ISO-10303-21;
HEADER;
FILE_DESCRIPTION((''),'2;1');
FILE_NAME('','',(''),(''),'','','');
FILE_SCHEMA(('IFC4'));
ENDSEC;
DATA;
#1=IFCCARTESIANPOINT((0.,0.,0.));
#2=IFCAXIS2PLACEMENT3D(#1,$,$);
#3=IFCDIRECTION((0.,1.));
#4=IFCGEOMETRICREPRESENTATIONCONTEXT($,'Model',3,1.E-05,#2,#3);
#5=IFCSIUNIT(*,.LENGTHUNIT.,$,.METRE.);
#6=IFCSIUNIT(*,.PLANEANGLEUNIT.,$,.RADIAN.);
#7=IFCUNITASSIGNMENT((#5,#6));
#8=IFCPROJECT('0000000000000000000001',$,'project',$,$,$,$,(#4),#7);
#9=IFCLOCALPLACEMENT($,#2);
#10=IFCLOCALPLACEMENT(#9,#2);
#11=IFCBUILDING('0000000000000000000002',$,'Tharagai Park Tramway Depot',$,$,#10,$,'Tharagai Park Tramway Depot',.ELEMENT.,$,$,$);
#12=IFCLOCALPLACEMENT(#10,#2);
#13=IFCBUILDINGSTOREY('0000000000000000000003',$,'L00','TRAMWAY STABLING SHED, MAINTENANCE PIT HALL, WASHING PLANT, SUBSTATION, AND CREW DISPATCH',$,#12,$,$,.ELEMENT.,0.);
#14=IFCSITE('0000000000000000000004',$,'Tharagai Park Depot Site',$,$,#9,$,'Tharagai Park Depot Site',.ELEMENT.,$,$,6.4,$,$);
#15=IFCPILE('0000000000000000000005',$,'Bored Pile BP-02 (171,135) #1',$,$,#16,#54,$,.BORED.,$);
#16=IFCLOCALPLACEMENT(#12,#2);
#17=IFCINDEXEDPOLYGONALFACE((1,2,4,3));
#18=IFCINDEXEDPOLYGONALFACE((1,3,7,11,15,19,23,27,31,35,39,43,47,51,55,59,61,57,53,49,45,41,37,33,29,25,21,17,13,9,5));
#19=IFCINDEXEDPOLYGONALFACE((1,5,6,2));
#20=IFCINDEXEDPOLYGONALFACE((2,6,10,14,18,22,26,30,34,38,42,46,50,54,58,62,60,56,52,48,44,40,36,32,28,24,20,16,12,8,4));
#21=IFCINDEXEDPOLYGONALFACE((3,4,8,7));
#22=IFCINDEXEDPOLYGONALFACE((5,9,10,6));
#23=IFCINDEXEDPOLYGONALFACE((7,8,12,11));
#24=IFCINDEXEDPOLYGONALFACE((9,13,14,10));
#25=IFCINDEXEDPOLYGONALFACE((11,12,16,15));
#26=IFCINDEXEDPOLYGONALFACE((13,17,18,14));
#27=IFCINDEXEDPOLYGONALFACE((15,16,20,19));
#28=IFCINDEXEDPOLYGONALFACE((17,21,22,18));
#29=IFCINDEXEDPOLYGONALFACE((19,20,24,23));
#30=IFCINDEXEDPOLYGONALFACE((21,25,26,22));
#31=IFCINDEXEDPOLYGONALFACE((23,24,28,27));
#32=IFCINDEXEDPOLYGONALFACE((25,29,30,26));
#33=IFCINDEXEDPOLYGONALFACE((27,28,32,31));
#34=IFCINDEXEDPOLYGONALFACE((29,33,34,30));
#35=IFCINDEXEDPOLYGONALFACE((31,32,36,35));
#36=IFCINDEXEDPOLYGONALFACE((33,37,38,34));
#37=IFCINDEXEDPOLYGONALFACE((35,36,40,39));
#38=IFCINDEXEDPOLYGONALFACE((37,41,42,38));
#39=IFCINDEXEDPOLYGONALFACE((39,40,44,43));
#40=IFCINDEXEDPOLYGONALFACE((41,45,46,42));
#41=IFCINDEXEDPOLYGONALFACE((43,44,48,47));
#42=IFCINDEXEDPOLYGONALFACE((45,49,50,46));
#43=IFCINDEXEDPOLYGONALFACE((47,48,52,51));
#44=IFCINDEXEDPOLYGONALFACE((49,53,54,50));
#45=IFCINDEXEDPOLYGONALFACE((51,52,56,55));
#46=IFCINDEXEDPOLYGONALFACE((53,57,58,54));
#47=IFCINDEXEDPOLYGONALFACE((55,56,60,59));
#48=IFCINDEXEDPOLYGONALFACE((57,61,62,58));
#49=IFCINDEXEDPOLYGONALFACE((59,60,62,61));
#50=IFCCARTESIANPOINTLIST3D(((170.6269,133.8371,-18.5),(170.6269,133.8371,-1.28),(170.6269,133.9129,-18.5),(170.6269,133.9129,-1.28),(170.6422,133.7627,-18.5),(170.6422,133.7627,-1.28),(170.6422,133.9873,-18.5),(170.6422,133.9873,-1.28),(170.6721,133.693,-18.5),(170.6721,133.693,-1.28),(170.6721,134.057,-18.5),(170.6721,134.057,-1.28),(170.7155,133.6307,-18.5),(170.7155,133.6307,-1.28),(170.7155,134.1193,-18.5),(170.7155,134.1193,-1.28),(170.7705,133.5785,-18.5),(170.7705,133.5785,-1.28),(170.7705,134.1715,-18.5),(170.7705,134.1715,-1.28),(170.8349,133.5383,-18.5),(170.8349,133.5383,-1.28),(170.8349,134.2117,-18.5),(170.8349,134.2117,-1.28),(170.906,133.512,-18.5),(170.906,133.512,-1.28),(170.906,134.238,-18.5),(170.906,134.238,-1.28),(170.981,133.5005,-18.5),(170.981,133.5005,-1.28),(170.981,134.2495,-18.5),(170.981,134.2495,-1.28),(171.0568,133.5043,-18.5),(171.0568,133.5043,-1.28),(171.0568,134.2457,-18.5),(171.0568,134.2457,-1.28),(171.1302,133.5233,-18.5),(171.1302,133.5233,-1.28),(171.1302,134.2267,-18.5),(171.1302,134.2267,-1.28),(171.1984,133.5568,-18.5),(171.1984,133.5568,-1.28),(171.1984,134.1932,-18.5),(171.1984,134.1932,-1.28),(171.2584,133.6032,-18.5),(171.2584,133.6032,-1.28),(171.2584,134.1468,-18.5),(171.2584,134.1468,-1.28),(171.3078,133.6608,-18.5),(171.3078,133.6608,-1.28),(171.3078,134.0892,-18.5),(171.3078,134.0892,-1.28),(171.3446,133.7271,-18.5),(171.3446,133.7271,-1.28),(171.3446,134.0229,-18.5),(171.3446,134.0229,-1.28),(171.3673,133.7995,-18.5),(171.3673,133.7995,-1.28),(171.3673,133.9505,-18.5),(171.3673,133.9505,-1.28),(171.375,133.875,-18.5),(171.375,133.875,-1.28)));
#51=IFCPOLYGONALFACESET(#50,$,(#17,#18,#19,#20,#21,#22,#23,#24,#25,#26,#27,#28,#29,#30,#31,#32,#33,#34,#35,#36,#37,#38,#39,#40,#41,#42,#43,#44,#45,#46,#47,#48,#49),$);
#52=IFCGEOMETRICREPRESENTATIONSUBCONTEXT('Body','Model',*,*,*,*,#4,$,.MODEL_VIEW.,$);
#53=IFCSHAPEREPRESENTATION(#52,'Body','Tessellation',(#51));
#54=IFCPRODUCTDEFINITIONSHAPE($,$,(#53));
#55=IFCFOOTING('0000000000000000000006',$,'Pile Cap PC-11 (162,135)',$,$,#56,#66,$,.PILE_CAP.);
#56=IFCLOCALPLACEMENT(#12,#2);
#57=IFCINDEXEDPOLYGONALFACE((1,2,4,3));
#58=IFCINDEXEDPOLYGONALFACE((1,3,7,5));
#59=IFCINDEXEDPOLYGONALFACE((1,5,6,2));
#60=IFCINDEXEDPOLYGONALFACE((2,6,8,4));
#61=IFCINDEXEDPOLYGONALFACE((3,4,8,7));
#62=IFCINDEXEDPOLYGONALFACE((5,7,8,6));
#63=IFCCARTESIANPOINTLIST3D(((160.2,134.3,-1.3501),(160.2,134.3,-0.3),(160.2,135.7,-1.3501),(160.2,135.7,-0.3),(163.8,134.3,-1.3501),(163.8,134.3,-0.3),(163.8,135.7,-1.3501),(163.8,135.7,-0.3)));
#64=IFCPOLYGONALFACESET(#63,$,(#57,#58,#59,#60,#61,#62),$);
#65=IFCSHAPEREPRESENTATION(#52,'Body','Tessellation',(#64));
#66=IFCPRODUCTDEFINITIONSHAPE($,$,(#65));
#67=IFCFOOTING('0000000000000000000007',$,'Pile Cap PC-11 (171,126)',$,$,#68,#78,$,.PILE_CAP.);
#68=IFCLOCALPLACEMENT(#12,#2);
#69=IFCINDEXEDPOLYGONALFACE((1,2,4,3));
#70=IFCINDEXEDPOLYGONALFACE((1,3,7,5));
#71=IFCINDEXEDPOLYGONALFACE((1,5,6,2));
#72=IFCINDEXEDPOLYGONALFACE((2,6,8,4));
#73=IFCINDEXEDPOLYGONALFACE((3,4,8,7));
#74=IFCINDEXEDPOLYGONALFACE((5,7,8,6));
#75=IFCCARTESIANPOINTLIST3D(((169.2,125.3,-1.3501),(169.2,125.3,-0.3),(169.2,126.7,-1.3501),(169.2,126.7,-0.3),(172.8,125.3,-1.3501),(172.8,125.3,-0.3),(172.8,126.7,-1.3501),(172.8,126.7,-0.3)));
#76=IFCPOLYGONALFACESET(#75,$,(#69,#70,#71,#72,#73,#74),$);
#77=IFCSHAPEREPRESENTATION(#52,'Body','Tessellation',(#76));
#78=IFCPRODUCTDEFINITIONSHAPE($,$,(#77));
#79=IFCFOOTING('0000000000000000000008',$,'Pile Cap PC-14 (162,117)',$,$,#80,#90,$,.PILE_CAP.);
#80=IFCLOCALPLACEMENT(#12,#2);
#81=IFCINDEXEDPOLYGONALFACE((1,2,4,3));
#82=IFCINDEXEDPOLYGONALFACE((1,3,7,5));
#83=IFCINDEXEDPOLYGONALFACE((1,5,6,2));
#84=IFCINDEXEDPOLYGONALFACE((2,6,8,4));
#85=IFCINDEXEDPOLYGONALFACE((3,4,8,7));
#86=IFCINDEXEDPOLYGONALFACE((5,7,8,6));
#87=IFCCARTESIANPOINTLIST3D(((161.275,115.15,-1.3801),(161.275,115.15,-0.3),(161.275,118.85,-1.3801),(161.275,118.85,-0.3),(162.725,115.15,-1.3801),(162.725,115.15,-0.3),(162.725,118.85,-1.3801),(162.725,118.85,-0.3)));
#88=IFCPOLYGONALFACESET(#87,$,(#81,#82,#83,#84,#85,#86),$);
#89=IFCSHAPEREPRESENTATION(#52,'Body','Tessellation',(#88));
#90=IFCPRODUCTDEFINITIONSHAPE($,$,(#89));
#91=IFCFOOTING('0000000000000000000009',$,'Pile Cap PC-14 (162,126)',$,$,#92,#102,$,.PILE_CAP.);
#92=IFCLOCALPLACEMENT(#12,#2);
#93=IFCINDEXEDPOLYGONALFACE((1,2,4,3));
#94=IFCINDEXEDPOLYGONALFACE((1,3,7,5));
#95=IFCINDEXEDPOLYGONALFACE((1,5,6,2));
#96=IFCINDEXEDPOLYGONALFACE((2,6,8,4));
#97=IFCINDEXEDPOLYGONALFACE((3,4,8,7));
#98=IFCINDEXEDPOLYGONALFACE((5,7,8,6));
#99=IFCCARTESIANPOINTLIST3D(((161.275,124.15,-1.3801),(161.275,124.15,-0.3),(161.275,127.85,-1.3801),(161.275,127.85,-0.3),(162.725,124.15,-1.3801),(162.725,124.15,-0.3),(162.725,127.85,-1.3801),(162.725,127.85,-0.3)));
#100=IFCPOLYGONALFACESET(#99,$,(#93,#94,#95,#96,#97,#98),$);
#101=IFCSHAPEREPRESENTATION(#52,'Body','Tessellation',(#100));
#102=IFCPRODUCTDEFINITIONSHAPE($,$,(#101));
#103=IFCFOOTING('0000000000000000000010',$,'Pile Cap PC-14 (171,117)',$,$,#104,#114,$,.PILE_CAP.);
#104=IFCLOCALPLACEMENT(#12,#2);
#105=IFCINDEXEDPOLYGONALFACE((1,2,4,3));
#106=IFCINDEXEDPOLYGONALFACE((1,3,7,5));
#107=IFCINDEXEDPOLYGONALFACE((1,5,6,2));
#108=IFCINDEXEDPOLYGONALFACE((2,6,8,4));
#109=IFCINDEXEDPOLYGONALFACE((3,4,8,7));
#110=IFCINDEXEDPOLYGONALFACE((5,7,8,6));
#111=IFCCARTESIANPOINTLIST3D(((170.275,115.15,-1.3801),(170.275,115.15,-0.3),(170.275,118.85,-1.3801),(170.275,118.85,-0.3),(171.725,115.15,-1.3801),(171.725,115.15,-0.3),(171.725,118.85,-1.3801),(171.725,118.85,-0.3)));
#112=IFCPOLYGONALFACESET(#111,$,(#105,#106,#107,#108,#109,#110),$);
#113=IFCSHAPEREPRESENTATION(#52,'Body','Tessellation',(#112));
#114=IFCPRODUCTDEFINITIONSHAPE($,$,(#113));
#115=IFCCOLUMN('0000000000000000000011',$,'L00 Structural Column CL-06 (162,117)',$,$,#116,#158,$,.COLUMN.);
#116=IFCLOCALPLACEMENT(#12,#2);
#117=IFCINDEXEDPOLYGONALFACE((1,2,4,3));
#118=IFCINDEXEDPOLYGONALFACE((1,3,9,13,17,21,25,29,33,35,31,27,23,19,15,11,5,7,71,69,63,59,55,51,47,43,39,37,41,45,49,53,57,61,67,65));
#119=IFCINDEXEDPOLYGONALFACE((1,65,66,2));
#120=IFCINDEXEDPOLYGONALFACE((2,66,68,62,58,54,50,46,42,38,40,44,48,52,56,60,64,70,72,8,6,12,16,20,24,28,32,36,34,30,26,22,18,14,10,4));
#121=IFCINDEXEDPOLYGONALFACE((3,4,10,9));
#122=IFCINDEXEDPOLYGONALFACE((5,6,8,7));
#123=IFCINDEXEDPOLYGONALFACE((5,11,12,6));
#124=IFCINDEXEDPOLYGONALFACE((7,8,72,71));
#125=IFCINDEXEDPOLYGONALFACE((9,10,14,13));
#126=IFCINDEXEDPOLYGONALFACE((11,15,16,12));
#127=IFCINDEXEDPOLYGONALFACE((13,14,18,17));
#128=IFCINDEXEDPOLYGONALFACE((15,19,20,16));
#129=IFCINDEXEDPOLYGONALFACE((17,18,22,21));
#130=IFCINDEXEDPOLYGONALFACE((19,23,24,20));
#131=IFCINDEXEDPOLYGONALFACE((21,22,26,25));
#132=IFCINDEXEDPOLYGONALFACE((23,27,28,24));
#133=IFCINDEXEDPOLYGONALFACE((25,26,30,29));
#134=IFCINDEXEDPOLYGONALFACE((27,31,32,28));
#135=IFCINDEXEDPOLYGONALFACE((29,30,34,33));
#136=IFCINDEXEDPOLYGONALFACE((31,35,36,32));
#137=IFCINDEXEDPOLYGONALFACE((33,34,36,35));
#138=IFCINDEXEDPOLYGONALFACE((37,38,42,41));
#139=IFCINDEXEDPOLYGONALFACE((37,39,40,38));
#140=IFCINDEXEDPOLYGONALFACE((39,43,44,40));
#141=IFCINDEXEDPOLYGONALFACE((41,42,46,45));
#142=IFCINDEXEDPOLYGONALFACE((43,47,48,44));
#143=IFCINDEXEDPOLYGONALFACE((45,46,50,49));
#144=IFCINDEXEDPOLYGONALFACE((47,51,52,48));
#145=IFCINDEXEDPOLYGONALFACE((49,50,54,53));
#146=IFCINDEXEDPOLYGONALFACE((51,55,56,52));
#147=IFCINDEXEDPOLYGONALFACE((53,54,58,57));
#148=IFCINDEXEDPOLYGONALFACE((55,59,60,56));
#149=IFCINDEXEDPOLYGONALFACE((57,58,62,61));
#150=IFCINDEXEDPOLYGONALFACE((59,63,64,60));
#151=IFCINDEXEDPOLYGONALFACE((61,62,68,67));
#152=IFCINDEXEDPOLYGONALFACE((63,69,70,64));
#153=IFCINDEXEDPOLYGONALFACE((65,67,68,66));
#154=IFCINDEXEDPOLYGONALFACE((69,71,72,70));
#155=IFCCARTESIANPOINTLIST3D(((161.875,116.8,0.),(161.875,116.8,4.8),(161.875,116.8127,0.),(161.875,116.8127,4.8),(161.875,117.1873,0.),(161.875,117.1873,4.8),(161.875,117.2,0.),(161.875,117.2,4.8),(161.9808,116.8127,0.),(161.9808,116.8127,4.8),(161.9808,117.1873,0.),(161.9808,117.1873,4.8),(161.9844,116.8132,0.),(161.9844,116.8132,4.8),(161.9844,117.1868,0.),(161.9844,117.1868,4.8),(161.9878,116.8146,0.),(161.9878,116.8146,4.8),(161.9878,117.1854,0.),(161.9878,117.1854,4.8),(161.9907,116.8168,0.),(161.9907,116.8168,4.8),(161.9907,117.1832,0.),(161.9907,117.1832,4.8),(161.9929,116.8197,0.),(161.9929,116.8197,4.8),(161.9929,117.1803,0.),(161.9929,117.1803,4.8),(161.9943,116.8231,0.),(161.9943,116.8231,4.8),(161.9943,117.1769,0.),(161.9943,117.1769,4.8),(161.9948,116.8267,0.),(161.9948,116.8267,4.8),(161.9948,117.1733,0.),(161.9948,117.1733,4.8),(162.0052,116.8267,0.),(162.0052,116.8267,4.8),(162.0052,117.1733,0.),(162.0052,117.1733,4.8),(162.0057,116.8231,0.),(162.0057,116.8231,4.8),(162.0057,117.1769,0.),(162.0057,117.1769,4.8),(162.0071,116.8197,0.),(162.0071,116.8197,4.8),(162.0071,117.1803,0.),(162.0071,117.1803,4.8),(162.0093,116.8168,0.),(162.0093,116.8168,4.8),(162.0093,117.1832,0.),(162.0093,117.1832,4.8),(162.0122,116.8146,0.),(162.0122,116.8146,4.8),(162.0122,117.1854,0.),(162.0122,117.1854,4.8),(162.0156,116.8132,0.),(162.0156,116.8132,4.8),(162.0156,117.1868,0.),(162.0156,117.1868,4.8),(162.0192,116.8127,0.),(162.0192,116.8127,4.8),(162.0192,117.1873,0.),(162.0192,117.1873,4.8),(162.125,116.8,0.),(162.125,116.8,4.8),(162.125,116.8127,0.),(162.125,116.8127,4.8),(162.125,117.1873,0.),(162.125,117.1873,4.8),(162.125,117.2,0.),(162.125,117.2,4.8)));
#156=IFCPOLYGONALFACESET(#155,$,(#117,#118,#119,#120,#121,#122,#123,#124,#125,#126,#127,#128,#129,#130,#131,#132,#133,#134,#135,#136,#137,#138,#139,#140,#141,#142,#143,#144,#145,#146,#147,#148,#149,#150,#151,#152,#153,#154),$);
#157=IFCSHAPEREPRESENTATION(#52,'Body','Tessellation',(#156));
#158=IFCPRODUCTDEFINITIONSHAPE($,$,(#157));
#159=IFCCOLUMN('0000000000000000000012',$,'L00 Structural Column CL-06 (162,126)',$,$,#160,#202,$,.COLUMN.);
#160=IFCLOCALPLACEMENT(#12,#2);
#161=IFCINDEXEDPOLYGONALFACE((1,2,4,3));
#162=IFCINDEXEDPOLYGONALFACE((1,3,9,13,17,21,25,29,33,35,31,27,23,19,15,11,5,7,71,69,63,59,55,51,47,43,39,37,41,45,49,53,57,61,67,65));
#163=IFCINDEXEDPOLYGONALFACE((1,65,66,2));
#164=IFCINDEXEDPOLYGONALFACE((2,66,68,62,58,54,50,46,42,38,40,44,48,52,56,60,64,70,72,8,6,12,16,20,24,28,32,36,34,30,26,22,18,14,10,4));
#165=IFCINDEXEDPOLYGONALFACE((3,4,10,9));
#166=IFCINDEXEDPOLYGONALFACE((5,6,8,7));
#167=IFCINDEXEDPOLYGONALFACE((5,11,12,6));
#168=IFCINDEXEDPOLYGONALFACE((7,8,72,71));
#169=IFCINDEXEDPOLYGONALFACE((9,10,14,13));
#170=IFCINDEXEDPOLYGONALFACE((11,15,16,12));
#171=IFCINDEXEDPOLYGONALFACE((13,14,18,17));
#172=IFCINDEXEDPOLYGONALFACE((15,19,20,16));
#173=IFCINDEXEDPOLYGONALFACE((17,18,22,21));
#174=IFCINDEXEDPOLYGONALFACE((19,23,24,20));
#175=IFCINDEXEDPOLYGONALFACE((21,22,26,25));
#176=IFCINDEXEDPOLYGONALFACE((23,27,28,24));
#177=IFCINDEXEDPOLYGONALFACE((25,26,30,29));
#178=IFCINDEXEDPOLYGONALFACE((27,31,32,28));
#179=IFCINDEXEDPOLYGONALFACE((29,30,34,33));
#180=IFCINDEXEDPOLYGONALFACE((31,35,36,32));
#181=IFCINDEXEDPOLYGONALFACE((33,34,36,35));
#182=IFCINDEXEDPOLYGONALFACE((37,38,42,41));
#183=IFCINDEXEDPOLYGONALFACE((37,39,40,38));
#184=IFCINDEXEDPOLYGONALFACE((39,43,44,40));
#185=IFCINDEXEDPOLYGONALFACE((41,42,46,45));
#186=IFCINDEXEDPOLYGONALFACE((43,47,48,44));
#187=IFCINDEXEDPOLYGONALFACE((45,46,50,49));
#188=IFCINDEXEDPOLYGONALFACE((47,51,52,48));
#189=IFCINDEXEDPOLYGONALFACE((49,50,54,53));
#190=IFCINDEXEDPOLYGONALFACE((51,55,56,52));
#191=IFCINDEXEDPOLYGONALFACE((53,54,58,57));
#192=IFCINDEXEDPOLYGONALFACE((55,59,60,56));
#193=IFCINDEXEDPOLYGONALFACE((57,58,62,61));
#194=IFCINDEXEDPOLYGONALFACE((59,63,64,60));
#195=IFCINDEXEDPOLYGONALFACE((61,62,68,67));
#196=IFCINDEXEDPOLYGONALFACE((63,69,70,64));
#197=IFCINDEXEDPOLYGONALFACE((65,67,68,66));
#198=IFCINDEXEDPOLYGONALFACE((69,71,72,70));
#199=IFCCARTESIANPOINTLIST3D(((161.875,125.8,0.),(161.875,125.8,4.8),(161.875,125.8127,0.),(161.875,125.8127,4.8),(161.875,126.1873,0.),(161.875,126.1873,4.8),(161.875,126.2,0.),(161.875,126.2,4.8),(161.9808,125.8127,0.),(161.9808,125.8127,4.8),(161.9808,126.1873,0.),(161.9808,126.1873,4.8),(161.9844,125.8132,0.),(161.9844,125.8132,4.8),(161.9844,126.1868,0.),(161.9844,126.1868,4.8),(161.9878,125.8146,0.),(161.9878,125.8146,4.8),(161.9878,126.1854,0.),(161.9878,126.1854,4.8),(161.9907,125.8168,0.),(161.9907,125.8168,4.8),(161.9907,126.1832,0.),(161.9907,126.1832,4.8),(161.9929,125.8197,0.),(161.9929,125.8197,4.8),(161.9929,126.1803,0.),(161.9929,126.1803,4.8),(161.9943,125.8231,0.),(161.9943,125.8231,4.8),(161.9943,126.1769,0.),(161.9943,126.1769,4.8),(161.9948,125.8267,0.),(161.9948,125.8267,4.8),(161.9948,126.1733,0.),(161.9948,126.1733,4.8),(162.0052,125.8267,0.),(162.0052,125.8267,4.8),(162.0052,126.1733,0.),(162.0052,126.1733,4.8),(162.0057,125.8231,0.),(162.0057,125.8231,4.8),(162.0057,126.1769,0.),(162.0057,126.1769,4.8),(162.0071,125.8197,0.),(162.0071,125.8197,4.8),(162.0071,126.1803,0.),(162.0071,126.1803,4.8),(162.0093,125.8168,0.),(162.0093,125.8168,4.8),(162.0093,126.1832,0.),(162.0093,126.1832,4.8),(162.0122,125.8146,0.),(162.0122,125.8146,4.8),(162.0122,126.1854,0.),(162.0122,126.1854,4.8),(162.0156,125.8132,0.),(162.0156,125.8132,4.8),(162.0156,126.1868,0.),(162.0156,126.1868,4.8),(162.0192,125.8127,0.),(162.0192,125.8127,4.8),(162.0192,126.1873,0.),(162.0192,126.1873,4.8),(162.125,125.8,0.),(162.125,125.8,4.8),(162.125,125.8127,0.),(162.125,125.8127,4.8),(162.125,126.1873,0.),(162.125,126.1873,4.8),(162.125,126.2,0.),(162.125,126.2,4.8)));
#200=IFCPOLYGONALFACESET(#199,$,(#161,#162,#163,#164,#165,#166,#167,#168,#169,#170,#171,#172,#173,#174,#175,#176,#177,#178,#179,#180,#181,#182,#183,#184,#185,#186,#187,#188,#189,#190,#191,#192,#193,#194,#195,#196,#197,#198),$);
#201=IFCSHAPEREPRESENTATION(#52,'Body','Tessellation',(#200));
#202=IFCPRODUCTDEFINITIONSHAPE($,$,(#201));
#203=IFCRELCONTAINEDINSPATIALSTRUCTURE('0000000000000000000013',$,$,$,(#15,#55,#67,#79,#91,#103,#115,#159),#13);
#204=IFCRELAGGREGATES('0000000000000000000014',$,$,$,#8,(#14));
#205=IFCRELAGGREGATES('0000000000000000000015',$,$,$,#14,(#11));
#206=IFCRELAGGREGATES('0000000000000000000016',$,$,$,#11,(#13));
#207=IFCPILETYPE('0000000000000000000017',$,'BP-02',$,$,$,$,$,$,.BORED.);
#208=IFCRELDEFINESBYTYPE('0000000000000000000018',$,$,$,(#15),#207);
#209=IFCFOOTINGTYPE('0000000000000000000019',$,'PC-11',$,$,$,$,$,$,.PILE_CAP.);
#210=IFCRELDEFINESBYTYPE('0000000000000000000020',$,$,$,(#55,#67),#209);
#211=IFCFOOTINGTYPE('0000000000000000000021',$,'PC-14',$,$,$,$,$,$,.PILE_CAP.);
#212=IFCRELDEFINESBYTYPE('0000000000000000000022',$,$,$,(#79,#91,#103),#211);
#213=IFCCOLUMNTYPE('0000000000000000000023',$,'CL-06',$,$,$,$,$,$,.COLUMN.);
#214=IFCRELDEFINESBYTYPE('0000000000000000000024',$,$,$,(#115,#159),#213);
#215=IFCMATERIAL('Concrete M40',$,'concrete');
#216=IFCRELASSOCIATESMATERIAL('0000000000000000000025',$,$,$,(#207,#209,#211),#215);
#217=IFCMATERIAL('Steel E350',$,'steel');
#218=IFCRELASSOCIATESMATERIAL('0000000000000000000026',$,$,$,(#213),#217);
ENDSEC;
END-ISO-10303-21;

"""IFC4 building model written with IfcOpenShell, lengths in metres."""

from ifc_helpers import new_model, si_unit, direction, frame, origin, origin_2d, place, context, subcontext, project, spatial, rectangle, circle, i_section, extrude, material, material_profile, profile_set, type_object, element, save


model = new_model("IFC4")

# Units and contexts
model_context = context("Model", 3, precision=1e-05, world=origin(), true_north=direction((0.0, 1.0)))
body_context = subcontext(model_context, "Body", "Model", "MODEL_VIEW")
ifc_project = project(units=[si_unit("LENGTHUNIT", "METRE"), si_unit("PLANEANGLEUNIT", "RADIAN")], contexts=[model_context])

# Site, building, storey
site_placement = place(None, origin())
site = spatial("IfcSite", under=ifc_project, at=site_placement, Name="Tharagai Park Depot Site", LongName="Tharagai Park Depot Site", CompositionType="ELEMENT", RefElevation=6.4)
building_placement = place(site_placement, origin())
building = spatial("IfcBuilding", under=site, at=building_placement, Name="Tharagai Park Tramway Depot", LongName="Tharagai Park Tramway Depot", CompositionType="ELEMENT")
storey_placement = place(building_placement, origin())
storey = spatial("IfcBuildingStorey", under=building, at=storey_placement, Name="L00", Description="TRAMWAY STABLING SHED, MAINTENANCE PIT HALL, WASHING PLANT, SUBSTATION, AND CREW DISPATCH", CompositionType="ELEMENT", Elevation=0.0)

# Pile
ifc_material_1 = material(Name="Concrete M40", Category="concrete")
ifc_material_profile_1 = material_profile(ifc_material_1, circle(Radius=0.375, at=origin_2d()), Name="PILE D750")
ifc_profile_set_1 = profile_set([ifc_material_profile_1], Name="Concrete M40")
pile_type = type_object("IfcPileType", Name="BP-02", PredefinedType="BORED", material=ifc_profile_set_1)
pile_1_placement = place(storey_placement, frame((171.0, 133.875, -1.28), z_axis=(0.0, 0.0, -1.0), x_axis=(1.0, 0.0, 0.0)))
element("IfcPile", 1, at=pile_1_placement, inside=storey, type_object=pile_type, Name="Bored Pile BP-02 (171,135) #1", PredefinedType="BORED", context=body_context, shape_type="SweptSolid", body=[
    extrude(circle(Radius=0.375, at=origin_2d()), origin(), (0.0, 0.0, 1.0), 17.22),
])

# Footings
footing_type_1 = type_object("IfcFootingType", Name="PC-11", PredefinedType="PILE_CAP", material=ifc_material_1)
for number, where, z_axis, x_axis, name in (
    (2, (162.0, 135.0, -1.3501), (0.0, 0.0, 1.0), (1.0, 0.0, 0.0), "Pile Cap PC-11 (162,135)"),
    (3, (171.0, 126.0, -1.3501), (0.0, 0.0, 1.0), (1.0, 0.0, 0.0), "Pile Cap PC-11 (171,126)"),
):
    element("IfcFooting", number, at=place(storey_placement, frame(where, z_axis=z_axis, x_axis=x_axis)), inside=storey, type_object=footing_type_1, Name=name, PredefinedType="PILE_CAP", context=body_context, shape_type="SweptSolid", body=[
        extrude(rectangle(XDim=3.6001, YDim=1.3999, at=origin_2d()), origin(), (0.0, 0.0, 1.0), 1.05),
    ])
footing_type_2 = type_object("IfcFootingType", Name="PC-14", PredefinedType="PILE_CAP", material=ifc_material_1)
for number, where, z_axis, x_axis, name in (
    (4, (162.0, 117.0, -1.3801), (0.0, 0.0, 1.0), (1.0, 0.0, 0.0), "Pile Cap PC-14 (162,117)"),
    (5, (162.0, 126.0, -1.3801), (0.0, 0.0, 1.0), (1.0, 0.0, 0.0), "Pile Cap PC-14 (162,126)"),
    (6, (171.0, 117.0, -1.3801), (0.0, 0.0, 1.0), (1.0, 0.0, 0.0), "Pile Cap PC-14 (171,117)"),
):
    element("IfcFooting", number, at=place(storey_placement, frame(where, z_axis=z_axis, x_axis=x_axis)), inside=storey, type_object=footing_type_2, Name=name, PredefinedType="PILE_CAP", context=body_context, shape_type="SweptSolid", body=[
        extrude(rectangle(XDim=1.45, YDim=3.7, at=origin_2d()), origin(), (0.0, 0.0, 1.0), 1.0801),
    ])

# Columns
ifc_material_2 = material(Name="Steel E350", Category="steel")
ifc_material_profile_2 = material_profile(ifc_material_2, i_section(OverallWidth=0.25, OverallDepth=0.3999, WebThickness=0.0105, FlangeThickness=0.0127, FilletRadius=0.0139, at=origin_2d()), Name="ISHB 400")
ifc_profile_set_2 = profile_set([ifc_material_profile_2], Name="Steel E350")
column_type = type_object("IfcColumnType", Name="CL-06", PredefinedType="COLUMN", material=ifc_profile_set_2)
for number, where, z_axis, x_axis, name in (
    (7, (162.0, 117.0, 0.0), (0.0, 0.0, 1.0), (1.0, 0.0, 0.0), "L00 Structural Column CL-06 (162,117)"),
    (8, (162.0, 126.0, 0.0), (0.0, 0.0, 1.0), (1.0, 0.0, 0.0), "L00 Structural Column CL-06 (162,126)"),
):
    element("IfcColumn", number, at=place(storey_placement, frame(where, z_axis=z_axis, x_axis=x_axis)), inside=storey, type_object=column_type, Name=name, PredefinedType="COLUMN", context=body_context, shape_type="SweptSolid", body=[
        extrude(i_section(OverallWidth=0.25, OverallDepth=0.3999, WebThickness=0.0105, FlangeThickness=0.0127, FilletRadius=0.0139, at=origin_2d()), origin(), (0.0, 0.0, 1.0), 4.8),
    ])

save(model, "model.ifc")
